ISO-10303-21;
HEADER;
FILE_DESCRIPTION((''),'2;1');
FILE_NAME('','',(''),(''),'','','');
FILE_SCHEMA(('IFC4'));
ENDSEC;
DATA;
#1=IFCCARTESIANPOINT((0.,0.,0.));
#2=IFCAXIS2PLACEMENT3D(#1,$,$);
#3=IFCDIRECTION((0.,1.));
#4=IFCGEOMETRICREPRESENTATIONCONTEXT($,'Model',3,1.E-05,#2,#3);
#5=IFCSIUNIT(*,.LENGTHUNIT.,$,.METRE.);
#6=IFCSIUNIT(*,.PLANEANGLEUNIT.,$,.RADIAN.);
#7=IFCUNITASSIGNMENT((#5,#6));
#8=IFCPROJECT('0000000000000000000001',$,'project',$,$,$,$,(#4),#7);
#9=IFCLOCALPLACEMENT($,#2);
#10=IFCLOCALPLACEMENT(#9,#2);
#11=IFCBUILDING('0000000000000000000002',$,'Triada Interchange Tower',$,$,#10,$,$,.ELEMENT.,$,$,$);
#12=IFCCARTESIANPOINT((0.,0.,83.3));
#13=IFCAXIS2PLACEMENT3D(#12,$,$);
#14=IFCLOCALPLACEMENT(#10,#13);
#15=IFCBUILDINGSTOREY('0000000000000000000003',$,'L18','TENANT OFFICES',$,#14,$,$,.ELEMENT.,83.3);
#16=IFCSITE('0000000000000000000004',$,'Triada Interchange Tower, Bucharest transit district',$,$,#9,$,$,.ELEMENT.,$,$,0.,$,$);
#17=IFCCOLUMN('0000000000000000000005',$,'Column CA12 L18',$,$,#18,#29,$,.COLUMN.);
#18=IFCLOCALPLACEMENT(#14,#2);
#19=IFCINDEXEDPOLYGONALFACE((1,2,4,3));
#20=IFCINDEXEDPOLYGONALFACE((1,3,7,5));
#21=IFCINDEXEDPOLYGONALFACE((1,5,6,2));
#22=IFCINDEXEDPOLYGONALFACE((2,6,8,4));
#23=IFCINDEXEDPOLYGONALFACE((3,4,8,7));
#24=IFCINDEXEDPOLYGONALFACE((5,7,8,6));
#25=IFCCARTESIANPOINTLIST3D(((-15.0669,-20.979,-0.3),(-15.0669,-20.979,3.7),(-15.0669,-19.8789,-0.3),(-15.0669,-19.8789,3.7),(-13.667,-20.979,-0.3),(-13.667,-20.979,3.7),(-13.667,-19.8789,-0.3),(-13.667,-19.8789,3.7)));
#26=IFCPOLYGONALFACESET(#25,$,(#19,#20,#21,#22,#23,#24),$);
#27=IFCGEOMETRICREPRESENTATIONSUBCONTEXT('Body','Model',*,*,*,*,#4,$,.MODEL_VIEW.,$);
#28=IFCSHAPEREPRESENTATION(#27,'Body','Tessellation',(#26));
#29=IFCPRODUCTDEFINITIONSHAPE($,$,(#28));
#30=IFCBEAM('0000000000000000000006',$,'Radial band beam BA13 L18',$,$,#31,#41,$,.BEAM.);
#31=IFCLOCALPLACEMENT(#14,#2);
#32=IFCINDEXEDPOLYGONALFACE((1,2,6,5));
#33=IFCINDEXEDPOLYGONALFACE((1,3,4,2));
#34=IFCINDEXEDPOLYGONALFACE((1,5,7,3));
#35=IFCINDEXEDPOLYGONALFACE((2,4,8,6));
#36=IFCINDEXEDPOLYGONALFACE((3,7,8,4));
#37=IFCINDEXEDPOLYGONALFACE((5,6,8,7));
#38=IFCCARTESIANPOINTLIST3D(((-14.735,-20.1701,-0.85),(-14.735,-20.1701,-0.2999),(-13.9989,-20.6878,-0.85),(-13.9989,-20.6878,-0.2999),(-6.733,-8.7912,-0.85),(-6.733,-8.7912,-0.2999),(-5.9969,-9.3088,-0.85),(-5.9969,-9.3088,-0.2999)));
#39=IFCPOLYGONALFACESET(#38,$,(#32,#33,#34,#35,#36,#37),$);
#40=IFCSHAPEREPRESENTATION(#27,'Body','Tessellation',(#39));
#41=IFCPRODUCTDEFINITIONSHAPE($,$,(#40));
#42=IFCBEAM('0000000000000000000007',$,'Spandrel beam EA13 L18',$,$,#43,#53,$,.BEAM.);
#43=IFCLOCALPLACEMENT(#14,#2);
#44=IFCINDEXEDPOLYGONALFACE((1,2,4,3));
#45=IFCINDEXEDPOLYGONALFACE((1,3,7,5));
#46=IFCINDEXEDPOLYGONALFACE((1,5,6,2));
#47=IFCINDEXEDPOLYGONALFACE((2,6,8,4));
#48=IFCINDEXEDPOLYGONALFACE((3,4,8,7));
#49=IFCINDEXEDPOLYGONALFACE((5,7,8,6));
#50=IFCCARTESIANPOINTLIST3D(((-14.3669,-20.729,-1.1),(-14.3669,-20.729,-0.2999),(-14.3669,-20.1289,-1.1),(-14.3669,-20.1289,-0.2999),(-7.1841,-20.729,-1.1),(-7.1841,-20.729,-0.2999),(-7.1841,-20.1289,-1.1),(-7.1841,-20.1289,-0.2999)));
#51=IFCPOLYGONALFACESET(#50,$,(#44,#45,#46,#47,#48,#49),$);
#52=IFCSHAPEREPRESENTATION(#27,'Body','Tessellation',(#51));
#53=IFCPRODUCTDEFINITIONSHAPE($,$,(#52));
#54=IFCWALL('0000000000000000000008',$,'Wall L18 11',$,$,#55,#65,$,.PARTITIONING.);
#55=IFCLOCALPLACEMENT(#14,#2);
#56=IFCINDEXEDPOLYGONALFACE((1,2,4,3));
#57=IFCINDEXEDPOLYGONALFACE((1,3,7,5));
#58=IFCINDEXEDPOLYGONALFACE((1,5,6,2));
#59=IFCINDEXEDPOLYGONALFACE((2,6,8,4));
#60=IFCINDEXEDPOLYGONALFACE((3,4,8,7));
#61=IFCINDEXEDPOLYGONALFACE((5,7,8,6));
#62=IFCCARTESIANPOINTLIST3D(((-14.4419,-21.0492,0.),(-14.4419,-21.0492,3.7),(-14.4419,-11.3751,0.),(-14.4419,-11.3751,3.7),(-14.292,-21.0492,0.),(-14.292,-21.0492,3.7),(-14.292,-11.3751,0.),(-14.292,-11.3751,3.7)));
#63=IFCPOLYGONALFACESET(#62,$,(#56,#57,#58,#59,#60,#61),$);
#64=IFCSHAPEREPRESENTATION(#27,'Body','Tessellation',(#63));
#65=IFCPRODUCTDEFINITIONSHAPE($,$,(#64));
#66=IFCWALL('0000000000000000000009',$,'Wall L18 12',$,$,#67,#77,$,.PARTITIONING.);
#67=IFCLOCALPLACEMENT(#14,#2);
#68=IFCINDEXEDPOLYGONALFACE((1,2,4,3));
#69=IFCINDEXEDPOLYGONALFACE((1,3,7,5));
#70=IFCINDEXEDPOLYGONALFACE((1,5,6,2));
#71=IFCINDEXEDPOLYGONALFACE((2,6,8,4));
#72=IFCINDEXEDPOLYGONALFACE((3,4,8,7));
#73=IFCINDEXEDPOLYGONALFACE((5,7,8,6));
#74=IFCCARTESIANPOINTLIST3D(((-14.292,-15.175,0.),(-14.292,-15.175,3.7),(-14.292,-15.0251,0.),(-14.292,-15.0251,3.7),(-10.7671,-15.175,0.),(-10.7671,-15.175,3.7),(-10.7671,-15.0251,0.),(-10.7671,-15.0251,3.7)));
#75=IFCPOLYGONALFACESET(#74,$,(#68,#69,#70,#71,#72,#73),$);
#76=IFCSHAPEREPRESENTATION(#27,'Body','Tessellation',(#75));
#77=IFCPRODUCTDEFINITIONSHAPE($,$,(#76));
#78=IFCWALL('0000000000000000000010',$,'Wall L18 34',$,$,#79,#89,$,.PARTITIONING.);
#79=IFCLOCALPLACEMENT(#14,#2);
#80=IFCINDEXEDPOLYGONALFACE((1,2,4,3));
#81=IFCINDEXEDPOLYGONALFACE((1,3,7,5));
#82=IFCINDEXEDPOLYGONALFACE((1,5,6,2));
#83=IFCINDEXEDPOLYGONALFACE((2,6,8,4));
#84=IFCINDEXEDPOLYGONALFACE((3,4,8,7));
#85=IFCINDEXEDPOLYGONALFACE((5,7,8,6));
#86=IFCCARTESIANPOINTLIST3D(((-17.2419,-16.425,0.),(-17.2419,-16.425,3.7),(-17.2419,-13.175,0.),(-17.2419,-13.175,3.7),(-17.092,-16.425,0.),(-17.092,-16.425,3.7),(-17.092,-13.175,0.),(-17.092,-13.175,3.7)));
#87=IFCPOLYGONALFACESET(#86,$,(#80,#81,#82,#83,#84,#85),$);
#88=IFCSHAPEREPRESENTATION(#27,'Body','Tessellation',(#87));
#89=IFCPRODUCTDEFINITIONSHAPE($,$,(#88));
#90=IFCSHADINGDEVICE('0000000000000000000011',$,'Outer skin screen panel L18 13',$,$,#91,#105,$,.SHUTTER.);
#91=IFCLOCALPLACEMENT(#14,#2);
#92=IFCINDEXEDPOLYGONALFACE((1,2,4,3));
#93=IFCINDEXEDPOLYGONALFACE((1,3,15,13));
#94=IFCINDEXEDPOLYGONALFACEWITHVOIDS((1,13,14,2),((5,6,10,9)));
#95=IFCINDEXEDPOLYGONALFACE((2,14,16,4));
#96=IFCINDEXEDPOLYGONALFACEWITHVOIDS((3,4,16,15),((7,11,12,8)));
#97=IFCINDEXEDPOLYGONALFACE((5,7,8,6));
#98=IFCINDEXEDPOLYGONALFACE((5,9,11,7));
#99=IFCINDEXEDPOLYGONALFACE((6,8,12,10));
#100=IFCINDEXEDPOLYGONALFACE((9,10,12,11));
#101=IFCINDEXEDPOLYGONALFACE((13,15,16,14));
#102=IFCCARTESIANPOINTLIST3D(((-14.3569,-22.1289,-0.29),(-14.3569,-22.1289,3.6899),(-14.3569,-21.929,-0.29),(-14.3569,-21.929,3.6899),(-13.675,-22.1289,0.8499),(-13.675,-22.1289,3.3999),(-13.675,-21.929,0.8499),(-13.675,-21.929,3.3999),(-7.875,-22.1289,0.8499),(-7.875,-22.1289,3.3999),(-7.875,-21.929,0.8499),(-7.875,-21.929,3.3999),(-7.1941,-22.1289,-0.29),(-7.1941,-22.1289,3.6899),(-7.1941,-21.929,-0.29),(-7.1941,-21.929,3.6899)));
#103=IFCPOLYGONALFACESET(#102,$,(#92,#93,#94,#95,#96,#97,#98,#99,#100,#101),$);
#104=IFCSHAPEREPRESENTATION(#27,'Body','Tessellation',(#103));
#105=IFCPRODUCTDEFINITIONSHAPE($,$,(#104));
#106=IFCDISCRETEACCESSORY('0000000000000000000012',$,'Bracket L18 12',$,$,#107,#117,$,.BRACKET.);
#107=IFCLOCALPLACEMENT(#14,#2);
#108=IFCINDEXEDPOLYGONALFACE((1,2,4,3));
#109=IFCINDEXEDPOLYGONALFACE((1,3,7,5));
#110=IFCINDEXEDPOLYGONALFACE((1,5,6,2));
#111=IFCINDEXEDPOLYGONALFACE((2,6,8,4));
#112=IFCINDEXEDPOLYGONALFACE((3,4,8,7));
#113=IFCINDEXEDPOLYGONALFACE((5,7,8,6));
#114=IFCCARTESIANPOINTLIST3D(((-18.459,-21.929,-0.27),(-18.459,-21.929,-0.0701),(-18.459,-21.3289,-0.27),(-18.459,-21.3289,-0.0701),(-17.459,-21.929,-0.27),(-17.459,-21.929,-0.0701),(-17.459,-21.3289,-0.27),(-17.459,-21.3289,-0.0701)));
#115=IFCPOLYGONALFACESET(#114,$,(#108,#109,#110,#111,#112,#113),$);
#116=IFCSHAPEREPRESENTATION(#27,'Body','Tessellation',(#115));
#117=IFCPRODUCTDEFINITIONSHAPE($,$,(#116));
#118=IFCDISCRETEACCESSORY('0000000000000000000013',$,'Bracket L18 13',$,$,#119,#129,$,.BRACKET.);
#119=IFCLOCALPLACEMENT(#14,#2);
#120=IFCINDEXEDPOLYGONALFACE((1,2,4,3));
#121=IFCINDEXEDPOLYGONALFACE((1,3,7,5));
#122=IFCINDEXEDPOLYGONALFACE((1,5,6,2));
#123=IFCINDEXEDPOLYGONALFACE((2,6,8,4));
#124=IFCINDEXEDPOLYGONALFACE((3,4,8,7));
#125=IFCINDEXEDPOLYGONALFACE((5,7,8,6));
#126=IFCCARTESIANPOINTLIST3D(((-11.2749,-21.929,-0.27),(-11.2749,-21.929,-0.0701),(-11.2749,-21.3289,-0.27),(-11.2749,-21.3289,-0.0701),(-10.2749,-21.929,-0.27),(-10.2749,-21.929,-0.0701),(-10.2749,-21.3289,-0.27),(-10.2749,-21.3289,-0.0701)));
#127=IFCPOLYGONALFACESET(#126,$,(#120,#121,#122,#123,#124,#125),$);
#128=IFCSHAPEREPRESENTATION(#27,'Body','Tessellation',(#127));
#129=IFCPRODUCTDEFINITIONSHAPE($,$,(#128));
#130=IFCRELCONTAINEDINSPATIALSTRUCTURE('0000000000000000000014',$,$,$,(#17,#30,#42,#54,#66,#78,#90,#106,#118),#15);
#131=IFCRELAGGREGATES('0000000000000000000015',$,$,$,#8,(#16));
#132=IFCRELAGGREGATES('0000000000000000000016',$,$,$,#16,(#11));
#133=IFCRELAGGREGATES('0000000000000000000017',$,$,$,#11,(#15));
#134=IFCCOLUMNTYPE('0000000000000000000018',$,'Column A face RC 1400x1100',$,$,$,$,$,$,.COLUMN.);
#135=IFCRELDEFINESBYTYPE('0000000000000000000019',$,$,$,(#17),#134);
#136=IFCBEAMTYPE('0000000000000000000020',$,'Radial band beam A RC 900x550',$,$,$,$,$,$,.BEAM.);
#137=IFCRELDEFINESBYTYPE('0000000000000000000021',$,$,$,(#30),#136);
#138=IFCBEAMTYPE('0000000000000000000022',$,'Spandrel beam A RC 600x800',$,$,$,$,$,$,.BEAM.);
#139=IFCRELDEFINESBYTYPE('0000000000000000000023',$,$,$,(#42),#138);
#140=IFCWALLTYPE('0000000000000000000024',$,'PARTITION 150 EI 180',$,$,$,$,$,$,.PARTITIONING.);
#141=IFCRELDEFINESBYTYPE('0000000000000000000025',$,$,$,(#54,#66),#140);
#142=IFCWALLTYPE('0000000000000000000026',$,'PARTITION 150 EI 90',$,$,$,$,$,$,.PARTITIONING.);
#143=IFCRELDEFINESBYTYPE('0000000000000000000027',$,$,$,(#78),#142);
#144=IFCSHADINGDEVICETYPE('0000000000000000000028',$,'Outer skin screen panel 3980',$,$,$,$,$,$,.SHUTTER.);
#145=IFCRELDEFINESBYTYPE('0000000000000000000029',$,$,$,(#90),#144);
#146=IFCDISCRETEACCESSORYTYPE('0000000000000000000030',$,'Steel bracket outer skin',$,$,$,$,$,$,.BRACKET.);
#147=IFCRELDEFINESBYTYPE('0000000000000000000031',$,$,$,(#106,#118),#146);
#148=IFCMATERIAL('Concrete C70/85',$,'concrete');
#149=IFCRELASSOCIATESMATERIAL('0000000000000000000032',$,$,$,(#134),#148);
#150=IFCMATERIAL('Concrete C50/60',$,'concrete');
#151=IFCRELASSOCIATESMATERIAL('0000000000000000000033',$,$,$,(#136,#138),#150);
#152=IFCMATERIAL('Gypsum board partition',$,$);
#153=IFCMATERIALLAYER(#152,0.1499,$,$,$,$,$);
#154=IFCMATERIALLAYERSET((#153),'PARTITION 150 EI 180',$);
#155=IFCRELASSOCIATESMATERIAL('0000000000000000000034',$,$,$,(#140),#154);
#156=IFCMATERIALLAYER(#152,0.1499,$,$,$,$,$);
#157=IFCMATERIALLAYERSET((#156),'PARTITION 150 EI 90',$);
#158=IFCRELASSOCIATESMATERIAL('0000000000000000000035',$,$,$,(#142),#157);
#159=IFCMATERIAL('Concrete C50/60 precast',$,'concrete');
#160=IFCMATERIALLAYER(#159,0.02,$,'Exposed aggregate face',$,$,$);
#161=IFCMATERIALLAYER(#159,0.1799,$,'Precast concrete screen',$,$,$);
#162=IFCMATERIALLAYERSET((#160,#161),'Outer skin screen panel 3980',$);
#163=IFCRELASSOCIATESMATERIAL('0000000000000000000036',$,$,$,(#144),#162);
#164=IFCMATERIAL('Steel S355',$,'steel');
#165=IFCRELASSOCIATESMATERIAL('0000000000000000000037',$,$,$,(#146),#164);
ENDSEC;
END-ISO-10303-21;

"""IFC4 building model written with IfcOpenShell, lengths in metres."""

from ifc_helpers import new_model, si_unit, direction, frame, frame_2d, origin, origin_2d, place, context, subcontext, project, spatial, polyline, rectangle, outline, extrude, material, layer, layer_set, material_profile, profile_set, type_object, element, save


model = new_model("IFC4")

# Units and contexts
model_context = context("Model", 3, precision=1e-05, world=origin(), true_north=direction((0.0, 1.0)))
body_context = subcontext(model_context, "Body", "Model", "MODEL_VIEW")
ifc_project = project(units=[si_unit("LENGTHUNIT", "METRE"), si_unit("PLANEANGLEUNIT", "RADIAN")], contexts=[model_context])

# Site, building, storey
site_placement = place(None, origin())
site = spatial("IfcSite", under=ifc_project, at=site_placement, Name="Triada Interchange Tower, Bucharest transit district", CompositionType="ELEMENT", RefElevation=0.0)
building_placement = place(site_placement, origin())
building = spatial("IfcBuilding", under=site, at=building_placement, Name="Triada Interchange Tower", CompositionType="ELEMENT")
storey_placement = place(building_placement, frame((0.0, 0.0, 83.3)))
storey = spatial("IfcBuildingStorey", under=building, at=storey_placement, Name="L18", Description="TENANT OFFICES", CompositionType="ELEMENT", Elevation=83.3)

# Column
ifc_material_1 = material(Name="Concrete C70/85", Category="concrete")
ifc_material_profile_1 = material_profile(ifc_material_1, rectangle(XDim=1.3999, YDim=1.1001, at=origin_2d()), Name="RC 1400x1100")
ifc_profile_set_1 = profile_set([ifc_material_profile_1], Name="Concrete C70/85")
column_type = type_object("IfcColumnType", Name="Column A face RC 1400x1100", PredefinedType="COLUMN", material=ifc_profile_set_1)
column_placement = place(storey_placement, frame((-14.3669, -20.429, -0.3), z_axis=(0.0, 0.0, 1.0), x_axis=(1.0, 0.0, 0.0)))
element("IfcColumn", 1, at=column_placement, inside=storey, type_object=column_type, Name="Column CA12 L18", PredefinedType="COLUMN", context=body_context, shape_type="SweptSolid", body=[
    extrude(rectangle(XDim=1.3999, YDim=1.1001, at=origin_2d()), origin(), (0.0, 0.0, 1.0), 4.0),
])

# Beams
ifc_material_2 = material(Name="Concrete C50/60", Category="concrete")
ifc_material_profile_2 = material_profile(ifc_material_2, rectangle(XDim=0.8999, YDim=0.55, at=origin_2d()), Name="RC 900x550")
ifc_profile_set_2 = profile_set([ifc_material_profile_2], Name="Concrete C50/60")
beam_type_1 = type_object("IfcBeamType", Name="Radial band beam A RC 900x550", PredefinedType="BEAM", material=ifc_profile_set_2)
beam_1_placement = place(storey_placement, frame((-14.3669, -20.429, -0.575), z_axis=(0.575233, 0.81799, 0.0), x_axis=(-0.81799, 0.575233, 0.0)))
element("IfcBeam", 2, at=beam_1_placement, inside=storey, type_object=beam_type_1, Name="Radial band beam BA13 L18", PredefinedType="BEAM", context=body_context, shape_type="SweptSolid", body=[
    extrude(rectangle(XDim=0.8999, YDim=0.55, at=origin_2d()), origin(), (0.0, 0.0, 1.0), 13.9109),
])
ifc_material_profile_3 = material_profile(ifc_material_2, rectangle(XDim=0.6001, YDim=0.8, at=origin_2d()), Name="RC 600x800")
ifc_profile_set_3 = profile_set([ifc_material_profile_3], Name="Concrete C50/60")
beam_type_2 = type_object("IfcBeamType", Name="Spandrel beam A RC 600x800", PredefinedType="BEAM", material=ifc_profile_set_3)
beam_2_placement = place(storey_placement, frame((-14.3669, -20.429, -0.7), z_axis=(1.0, 0.0, 0.0), x_axis=(0.0, 1.0, 0.0)))
element("IfcBeam", 3, at=beam_2_placement, inside=storey, type_object=beam_type_2, Name="Spandrel beam EA13 L18", PredefinedType="BEAM", context=body_context, shape_type="SweptSolid", body=[
    extrude(rectangle(XDim=0.6001, YDim=0.8, at=origin_2d()), origin(), (0.0, 0.0, 1.0), 7.1829),
])

# Walls
ifc_material_3 = material(Name="Gypsum board partition")
ifc_layer_1 = layer(ifc_material_3, 0.1499)
ifc_layer_set_1 = layer_set([ifc_layer_1], Name="PARTITION 150 EI 180")
wall_type_1 = type_object("IfcWallType", Name="PARTITION 150 EI 180", PredefinedType="PARTITIONING", material=ifc_layer_set_1)
wall_1_placement = place(storey_placement, frame((-14.3669, -21.0491, 0.0), z_axis=(0.0, 0.0, 1.0), x_axis=(0.0, 1.0, 0.0)))
element("IfcWall", 4, at=wall_1_placement, inside=storey, type_object=wall_type_1, Name="Wall L18 11", PredefinedType="PARTITIONING", context=body_context, shape_type="SweptSolid", body=[
    extrude(rectangle(XDim=9.6741, YDim=0.1499, at=frame_2d((4.8369, 0.0))), origin(), (0.0, 0.0, 1.0), 3.7),
])
wall_2_placement = place(storey_placement, frame((-14.292, -15.1001, 0.0), z_axis=(0.0, 0.0, 1.0), x_axis=(1.0, 0.0, 0.0)))
element("IfcWall", 5, at=wall_2_placement, inside=storey, type_object=wall_type_1, Name="Wall L18 12", PredefinedType="PARTITIONING", context=body_context, shape_type="SweptSolid", body=[
    extrude(rectangle(XDim=3.5249, YDim=0.1499, at=frame_2d((1.7625, 0.0))), origin(), (0.0, 0.0, 1.0), 3.7),
])
ifc_layer_2 = layer(ifc_material_3, 0.1499)
ifc_layer_set_2 = layer_set([ifc_layer_2], Name="PARTITION 150 EI 90")
wall_type_2 = type_object("IfcWallType", Name="PARTITION 150 EI 90", PredefinedType="PARTITIONING", material=ifc_layer_set_2)
wall_3_placement = place(storey_placement, frame((-17.167, -16.425, 0.0), z_axis=(0.0, 0.0, 1.0), x_axis=(0.0, 1.0, 0.0)))
element("IfcWall", 6, at=wall_3_placement, inside=storey, type_object=wall_type_2, Name="Wall L18 34", PredefinedType="PARTITIONING", context=body_context, shape_type="SweptSolid", body=[
    extrude(rectangle(XDim=3.25, YDim=0.1499, at=frame_2d((1.625, 0.0))), origin(), (0.0, 0.0, 1.0), 3.7),
])

# Shading device
ifc_material_4 = material(Name="Concrete C50/60 precast", Category="concrete")
ifc_layer_3 = layer(ifc_material_4, 0.02, Name="Exposed aggregate face")
ifc_layer_4 = layer(ifc_material_4, 0.1799, Name="Precast concrete screen")
ifc_layer_set_3 = layer_set([ifc_layer_3, ifc_layer_4], Name="Outer skin screen panel 3980")
shading_device_type = type_object("IfcShadingDeviceType", Name="Outer skin screen panel 3980", PredefinedType="SHUTTER", material=ifc_layer_set_3)
shading_device_placement = place(storey_placement, frame((-14.3569, -21.929, -0.29), z_axis=(0.0, 0.0, 1.0), x_axis=(1.0, 0.0, 0.0)))
element("IfcShadingDevice", 7, at=shading_device_placement, inside=storey, type_object=shading_device_type, Name="Outer skin screen panel L18 13", PredefinedType="SHUTTER", context=body_context, shape_type="SweptSolid", body=[
    extrude(outline(polyline([(0.0, 0.0), (7.1628, 0.0), (7.1628, 3.98), (0.0, 3.98), (0.0, 0.0)]), holes=[polyline([(0.6819, 1.1399), (0.6819, 3.6899), (6.4819, 3.6899), (6.4819, 1.1399), (0.6819, 1.1399)])]), frame((0.0, 0.0, 0.0), z_axis=(0.0, -1.0, 0.0), x_axis=(1.0, 0.0, 0.0)), (0.0, 0.0, 1.0), 0.2),
])

# Discrete accessories
ifc_material_5 = material(Name="Steel S355", Category="steel")
discrete_accessory_type = type_object("IfcDiscreteAccessoryType", Name="Steel bracket outer skin", PredefinedType="BRACKET", material=ifc_material_5)
for number, where, z_axis, x_axis, name in (
    (8, (-17.959, -21.6289, -0.27), (0.0, 0.0, 1.0), (0.0, -1.0, 0.0), "Bracket L18 12"),
    (9, (-10.7749, -21.6289, -0.27), (0.0, 0.0, 1.0), (0.0, -1.0, 0.0), "Bracket L18 13"),
):
    element("IfcDiscreteAccessory", number, at=place(storey_placement, frame(where, z_axis=z_axis, x_axis=x_axis)), inside=storey, type_object=discrete_accessory_type, Name=name, PredefinedType="BRACKET", context=body_context, shape_type="SweptSolid", body=[
        extrude(rectangle(XDim=0.6001, YDim=1.0, at=origin_2d()), origin(), (0.0, 0.0, 1.0), 0.2),
    ])

save(model, "model.ifc")
